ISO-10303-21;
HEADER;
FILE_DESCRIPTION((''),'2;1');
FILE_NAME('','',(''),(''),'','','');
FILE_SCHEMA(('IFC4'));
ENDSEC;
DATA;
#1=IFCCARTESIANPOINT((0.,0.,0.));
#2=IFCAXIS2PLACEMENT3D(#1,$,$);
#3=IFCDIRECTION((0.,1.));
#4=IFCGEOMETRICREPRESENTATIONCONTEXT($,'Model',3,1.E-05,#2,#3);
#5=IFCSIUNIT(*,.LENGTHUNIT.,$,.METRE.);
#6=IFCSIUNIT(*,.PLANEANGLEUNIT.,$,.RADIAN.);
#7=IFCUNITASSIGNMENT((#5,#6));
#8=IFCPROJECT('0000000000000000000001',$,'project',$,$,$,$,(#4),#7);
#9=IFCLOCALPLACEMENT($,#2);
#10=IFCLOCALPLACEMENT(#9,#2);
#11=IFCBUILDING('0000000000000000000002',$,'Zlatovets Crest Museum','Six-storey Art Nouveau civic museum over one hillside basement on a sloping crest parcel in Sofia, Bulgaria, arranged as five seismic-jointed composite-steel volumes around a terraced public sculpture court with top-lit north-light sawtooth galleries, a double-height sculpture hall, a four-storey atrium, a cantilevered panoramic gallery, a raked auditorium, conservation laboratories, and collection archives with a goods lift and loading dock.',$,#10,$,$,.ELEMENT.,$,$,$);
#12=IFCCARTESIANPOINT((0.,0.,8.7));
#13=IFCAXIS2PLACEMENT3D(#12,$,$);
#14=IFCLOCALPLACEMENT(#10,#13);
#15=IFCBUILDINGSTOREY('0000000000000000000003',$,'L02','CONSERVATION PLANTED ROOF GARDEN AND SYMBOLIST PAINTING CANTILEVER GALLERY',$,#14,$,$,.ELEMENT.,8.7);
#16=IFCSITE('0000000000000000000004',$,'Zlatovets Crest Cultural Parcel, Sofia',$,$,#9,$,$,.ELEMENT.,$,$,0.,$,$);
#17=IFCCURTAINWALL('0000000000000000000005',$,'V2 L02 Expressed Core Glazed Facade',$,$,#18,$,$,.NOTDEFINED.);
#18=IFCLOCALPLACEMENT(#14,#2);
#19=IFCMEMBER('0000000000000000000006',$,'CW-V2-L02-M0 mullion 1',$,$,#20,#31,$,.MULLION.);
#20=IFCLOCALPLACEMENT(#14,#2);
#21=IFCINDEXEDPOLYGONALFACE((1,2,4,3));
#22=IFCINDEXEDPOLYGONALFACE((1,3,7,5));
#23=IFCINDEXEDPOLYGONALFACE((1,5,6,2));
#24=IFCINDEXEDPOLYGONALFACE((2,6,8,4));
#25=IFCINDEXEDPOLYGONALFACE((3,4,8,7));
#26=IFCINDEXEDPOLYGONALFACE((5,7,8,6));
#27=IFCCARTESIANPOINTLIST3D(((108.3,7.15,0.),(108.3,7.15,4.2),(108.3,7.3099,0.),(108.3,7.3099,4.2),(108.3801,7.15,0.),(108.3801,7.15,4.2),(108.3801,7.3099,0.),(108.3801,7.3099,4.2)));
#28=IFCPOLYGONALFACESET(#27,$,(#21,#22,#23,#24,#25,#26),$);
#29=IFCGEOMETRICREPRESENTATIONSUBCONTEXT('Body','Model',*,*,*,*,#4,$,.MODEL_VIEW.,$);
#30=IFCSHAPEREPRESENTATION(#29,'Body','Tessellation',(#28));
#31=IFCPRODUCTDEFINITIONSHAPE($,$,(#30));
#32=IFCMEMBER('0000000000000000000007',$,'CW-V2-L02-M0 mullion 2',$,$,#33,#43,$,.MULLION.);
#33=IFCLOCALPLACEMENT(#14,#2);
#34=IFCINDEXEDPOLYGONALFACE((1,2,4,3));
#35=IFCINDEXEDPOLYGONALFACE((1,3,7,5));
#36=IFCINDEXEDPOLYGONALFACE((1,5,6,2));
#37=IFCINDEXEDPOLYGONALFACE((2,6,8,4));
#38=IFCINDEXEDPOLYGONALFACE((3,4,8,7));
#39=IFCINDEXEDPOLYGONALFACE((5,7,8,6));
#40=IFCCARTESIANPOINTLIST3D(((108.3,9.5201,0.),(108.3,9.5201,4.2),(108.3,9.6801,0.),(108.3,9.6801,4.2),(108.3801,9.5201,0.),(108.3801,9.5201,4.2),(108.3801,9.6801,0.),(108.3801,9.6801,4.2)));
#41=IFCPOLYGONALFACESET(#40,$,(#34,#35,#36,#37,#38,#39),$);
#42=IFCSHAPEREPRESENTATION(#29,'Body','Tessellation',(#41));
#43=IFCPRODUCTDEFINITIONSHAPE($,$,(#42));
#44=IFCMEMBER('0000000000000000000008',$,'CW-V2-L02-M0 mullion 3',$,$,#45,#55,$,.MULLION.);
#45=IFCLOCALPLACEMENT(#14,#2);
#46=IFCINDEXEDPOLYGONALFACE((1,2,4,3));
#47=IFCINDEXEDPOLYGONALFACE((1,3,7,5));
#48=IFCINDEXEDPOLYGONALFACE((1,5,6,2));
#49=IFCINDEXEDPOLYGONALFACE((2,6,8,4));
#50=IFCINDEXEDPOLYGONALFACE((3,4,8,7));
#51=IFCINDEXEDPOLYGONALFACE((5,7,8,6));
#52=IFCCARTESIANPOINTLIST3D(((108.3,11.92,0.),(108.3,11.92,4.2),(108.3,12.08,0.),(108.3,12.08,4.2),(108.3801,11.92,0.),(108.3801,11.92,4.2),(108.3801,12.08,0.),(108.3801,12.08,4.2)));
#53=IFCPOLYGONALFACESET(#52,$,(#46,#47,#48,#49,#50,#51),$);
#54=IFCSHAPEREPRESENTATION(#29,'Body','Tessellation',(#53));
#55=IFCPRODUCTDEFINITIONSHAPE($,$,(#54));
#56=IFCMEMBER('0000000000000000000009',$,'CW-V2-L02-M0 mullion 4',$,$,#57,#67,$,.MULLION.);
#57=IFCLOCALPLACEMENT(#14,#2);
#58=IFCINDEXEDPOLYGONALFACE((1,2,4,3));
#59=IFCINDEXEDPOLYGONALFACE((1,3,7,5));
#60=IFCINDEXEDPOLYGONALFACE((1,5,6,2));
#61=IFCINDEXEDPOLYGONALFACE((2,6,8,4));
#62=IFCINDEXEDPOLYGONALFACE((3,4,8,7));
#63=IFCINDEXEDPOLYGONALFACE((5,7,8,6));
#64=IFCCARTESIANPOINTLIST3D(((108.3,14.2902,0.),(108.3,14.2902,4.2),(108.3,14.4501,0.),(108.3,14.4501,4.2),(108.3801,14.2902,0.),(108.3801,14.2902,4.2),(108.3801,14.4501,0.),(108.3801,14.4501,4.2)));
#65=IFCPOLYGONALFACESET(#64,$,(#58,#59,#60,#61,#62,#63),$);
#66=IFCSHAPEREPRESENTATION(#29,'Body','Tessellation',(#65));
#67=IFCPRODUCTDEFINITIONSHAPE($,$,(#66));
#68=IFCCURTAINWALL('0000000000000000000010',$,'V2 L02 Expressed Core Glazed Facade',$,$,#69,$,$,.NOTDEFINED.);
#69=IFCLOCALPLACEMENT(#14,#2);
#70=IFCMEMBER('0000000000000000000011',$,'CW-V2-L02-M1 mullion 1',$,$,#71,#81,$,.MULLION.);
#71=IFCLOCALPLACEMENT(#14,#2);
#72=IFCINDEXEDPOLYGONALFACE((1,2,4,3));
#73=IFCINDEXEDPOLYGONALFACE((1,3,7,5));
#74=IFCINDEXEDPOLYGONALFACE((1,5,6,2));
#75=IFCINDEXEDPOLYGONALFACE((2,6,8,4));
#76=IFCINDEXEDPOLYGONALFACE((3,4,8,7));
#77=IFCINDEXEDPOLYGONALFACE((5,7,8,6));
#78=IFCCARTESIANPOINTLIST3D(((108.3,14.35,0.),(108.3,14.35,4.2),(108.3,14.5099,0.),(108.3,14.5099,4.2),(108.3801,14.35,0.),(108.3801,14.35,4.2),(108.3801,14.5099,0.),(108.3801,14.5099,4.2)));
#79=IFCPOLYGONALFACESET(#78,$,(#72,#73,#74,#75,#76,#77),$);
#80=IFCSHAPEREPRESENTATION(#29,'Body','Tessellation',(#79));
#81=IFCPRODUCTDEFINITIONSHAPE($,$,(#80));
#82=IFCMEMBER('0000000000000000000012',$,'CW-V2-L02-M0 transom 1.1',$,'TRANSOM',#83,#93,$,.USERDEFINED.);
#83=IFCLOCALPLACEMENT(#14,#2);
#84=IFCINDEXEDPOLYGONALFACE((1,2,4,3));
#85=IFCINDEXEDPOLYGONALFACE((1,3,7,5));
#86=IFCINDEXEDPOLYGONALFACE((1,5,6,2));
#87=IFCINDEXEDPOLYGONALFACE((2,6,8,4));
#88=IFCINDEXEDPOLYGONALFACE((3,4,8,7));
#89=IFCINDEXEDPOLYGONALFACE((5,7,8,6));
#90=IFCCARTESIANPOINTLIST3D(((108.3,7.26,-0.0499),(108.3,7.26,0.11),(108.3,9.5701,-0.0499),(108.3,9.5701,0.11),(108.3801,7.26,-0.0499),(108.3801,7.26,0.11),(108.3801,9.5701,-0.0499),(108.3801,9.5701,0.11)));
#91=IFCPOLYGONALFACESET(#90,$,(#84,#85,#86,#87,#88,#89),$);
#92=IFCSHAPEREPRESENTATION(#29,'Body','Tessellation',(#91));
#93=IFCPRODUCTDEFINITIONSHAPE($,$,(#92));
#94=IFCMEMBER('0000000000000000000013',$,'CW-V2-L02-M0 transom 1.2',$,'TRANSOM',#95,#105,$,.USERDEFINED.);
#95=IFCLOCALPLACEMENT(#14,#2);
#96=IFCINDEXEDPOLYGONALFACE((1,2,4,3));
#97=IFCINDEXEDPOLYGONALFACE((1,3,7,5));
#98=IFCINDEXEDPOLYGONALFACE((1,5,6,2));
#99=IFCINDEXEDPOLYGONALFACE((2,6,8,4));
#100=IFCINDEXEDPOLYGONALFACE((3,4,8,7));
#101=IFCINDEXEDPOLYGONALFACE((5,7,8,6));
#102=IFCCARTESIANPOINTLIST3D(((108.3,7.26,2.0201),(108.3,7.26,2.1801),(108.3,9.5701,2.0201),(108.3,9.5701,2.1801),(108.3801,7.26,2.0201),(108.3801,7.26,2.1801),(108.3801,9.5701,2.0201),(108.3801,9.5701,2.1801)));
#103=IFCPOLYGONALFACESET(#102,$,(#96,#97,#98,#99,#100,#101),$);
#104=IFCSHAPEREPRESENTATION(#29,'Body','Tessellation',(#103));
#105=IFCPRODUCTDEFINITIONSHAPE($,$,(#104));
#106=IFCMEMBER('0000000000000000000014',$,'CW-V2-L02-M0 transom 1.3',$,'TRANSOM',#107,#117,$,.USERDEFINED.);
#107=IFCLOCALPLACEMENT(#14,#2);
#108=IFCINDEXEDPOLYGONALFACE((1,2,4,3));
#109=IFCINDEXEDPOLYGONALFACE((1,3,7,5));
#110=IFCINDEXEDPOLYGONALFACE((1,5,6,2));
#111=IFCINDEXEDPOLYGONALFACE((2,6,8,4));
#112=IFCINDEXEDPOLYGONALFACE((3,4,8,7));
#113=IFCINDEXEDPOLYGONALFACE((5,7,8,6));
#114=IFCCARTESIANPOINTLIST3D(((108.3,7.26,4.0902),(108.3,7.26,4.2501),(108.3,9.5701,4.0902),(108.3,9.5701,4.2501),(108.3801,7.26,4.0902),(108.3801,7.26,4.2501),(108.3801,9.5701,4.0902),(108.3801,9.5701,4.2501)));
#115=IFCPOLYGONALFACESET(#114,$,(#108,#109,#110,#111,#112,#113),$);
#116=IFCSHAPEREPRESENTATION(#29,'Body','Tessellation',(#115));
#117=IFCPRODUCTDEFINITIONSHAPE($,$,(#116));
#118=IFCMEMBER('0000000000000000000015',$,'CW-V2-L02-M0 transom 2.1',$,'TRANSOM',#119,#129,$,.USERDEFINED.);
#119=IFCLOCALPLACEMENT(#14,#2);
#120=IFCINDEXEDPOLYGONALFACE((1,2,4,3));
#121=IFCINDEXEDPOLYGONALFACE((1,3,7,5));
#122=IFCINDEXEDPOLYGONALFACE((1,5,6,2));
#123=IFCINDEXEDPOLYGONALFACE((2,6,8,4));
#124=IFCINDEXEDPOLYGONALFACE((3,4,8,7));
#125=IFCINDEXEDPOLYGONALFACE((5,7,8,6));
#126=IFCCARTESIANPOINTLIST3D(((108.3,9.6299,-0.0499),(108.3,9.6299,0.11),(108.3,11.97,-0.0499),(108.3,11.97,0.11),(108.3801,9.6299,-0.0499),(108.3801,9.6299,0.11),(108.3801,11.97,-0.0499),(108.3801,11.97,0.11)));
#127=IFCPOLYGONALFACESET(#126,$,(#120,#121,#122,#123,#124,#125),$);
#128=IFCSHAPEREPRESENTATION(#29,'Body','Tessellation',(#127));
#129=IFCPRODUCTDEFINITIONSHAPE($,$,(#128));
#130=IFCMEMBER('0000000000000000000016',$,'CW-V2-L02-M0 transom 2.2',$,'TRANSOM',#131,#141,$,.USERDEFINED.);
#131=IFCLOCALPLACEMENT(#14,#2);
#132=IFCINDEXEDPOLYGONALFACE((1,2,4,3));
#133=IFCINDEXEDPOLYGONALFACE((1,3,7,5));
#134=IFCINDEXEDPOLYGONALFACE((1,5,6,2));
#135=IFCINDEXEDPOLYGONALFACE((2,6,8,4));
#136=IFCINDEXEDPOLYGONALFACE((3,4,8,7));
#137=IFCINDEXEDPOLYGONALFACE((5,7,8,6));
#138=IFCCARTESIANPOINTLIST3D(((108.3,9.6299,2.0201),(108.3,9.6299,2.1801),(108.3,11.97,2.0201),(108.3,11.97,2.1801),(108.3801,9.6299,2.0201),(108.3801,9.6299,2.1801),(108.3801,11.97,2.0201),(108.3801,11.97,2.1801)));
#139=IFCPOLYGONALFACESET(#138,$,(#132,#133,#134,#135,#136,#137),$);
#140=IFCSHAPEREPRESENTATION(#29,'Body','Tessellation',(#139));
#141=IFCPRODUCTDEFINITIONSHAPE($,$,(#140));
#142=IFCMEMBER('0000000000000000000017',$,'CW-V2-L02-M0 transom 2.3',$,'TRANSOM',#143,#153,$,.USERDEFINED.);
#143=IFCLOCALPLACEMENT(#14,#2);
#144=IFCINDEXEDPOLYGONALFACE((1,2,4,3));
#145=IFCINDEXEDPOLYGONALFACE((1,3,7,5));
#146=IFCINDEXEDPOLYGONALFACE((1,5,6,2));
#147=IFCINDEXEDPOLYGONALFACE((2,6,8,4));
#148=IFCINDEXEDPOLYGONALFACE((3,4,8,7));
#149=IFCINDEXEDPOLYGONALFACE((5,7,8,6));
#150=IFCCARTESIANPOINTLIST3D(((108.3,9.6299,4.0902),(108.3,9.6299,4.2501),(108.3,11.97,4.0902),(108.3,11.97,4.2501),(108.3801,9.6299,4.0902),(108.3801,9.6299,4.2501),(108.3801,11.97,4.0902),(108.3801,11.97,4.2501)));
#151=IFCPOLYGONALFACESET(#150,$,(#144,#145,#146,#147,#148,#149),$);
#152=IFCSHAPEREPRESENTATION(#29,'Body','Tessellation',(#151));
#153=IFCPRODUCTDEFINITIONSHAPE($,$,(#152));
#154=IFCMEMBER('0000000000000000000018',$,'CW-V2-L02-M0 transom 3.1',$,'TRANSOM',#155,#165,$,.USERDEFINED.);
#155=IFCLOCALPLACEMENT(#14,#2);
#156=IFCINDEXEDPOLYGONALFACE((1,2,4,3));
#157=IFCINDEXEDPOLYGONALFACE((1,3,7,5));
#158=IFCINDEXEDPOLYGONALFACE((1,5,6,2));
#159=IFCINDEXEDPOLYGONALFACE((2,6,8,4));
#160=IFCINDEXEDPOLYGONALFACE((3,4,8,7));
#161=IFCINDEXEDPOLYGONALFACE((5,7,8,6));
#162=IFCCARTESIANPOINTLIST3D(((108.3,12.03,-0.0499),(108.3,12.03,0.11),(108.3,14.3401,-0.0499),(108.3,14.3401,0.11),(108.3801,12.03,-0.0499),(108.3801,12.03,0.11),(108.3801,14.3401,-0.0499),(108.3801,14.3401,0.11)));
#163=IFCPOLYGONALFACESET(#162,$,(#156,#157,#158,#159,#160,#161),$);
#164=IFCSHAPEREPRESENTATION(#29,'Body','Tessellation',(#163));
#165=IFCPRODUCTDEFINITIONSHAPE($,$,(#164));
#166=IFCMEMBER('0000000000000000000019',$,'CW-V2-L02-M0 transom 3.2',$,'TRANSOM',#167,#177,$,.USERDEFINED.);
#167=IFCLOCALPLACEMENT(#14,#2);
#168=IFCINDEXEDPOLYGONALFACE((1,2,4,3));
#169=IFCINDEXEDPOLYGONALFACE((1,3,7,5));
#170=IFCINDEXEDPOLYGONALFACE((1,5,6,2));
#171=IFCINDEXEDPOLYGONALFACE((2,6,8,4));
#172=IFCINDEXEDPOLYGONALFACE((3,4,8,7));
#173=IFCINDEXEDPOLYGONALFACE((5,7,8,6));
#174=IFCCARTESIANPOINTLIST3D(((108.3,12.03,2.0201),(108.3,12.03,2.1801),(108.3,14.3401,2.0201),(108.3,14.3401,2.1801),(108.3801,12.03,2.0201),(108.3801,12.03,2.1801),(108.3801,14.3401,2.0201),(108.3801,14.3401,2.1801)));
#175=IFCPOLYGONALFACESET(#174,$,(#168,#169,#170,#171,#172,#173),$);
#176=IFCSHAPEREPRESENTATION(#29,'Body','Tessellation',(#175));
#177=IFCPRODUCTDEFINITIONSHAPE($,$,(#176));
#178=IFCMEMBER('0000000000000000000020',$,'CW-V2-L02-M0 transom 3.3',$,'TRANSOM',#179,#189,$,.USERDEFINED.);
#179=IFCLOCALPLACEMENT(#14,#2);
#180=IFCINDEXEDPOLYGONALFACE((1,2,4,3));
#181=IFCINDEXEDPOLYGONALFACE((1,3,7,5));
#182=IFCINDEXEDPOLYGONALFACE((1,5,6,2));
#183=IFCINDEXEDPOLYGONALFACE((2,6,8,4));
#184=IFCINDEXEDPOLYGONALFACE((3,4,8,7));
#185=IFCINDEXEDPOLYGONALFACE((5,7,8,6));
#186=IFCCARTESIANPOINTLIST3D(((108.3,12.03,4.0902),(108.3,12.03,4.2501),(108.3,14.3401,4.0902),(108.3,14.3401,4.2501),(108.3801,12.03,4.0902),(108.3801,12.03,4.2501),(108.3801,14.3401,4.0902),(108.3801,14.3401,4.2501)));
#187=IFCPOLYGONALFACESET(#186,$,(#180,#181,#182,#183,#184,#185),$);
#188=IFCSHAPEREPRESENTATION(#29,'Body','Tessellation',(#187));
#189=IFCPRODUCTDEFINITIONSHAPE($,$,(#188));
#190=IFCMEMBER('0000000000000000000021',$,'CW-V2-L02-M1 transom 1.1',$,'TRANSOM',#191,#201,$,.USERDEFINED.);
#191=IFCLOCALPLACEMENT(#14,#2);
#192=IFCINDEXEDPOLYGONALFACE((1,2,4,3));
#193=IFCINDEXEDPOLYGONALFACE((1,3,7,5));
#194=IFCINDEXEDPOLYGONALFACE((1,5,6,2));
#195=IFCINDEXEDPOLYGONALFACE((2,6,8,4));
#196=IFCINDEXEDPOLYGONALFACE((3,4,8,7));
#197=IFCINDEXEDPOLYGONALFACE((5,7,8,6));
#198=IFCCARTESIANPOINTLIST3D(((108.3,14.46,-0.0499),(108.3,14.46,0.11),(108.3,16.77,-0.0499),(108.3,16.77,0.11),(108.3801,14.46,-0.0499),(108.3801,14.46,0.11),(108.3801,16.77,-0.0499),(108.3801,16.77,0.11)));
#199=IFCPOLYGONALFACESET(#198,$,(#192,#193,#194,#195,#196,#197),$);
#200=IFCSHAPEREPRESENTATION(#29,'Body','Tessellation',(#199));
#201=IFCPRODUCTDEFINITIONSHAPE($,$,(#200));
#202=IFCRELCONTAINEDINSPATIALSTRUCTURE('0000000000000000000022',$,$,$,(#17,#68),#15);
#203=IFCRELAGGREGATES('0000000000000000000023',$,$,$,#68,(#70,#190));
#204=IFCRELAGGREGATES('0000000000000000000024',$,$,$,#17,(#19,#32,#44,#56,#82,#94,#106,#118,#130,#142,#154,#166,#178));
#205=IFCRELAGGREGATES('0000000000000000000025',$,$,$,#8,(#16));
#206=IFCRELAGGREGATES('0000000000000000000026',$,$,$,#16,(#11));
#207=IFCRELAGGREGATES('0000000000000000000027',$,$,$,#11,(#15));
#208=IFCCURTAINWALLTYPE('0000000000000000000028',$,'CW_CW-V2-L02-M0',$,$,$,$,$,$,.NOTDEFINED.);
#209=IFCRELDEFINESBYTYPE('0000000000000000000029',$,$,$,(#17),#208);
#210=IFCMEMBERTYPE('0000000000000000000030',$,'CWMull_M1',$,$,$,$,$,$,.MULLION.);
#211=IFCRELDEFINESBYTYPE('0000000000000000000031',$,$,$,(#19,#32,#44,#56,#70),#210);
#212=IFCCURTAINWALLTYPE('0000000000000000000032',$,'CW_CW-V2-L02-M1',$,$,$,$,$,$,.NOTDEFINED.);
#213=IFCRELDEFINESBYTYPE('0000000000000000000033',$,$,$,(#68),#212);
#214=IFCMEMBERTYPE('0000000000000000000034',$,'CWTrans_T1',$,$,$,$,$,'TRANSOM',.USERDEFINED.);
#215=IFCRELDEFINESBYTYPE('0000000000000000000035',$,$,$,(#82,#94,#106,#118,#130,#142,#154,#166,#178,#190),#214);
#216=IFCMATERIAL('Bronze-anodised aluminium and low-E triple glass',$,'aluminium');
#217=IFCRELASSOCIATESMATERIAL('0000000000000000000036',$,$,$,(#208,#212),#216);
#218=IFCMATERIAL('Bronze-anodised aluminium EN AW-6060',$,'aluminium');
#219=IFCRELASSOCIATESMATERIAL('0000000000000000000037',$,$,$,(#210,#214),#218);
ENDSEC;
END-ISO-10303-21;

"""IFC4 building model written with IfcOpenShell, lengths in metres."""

from ifc_helpers import new_model, si_unit, direction, frame, origin, origin_2d, place, context, subcontext, project, spatial, rectangle, extrude, material, material_profile, profile_set, type_object, element, aggregate, save


model = new_model("IFC4")

# Units and contexts
model_context = context("Model", 3, precision=1e-05, world=origin(), true_north=direction((0.0, 1.0)))
body_context = subcontext(model_context, "Body", "Model", "MODEL_VIEW")
ifc_project = project(units=[si_unit("LENGTHUNIT", "METRE"), si_unit("PLANEANGLEUNIT", "RADIAN")], contexts=[model_context])

# Site, building, storey
site_placement = place(None, origin())
site = spatial("IfcSite", under=ifc_project, at=site_placement, Name="Zlatovets Crest Cultural Parcel, Sofia", CompositionType="ELEMENT", RefElevation=0.0)
building_placement = place(site_placement, origin())
building = spatial("IfcBuilding", under=site, at=building_placement, Name="Zlatovets Crest Museum", Description="Six-storey Art Nouveau civic museum over one hillside basement on a sloping crest parcel in Sofia, Bulgaria, arranged as five seismic-jointed composite-steel volumes around a terraced public sculpture court with top-lit north-light sawtooth galleries, a double-height sculpture hall, a four-storey atrium, a cantilevered panoramic gallery, a raked auditorium, conservation laboratories, and collection archives with a goods lift and loading dock.", CompositionType="ELEMENT")
storey_placement = place(building_placement, frame((0.0, 0.0, 8.7)))
storey = spatial("IfcBuildingStorey", under=building, at=storey_placement, Name="L02", Description="CONSERVATION PLANTED ROOF GARDEN AND SYMBOLIST PAINTING CANTILEVER GALLERY", CompositionType="ELEMENT", Elevation=8.7)

# Curtain wall, members
ifc_material_1 = material(Name="Bronze-anodised aluminium and low-E triple glass", Category="aluminium")
curtain_wall_type_1 = type_object("IfcCurtainWallType", Name="CW_CW-V2-L02-M0", PredefinedType="NOTDEFINED", material=ifc_material_1)
curtain_wall_1_placement = place(storey_placement, origin())
curtain_wall_1 = element("IfcCurtainWall", 1, at=curtain_wall_1_placement, inside=storey, type_object=curtain_wall_type_1, Name="V2 L02 Expressed Core Glazed Facade", PredefinedType="NOTDEFINED")
ifc_material_2 = material(Name="Bronze-anodised aluminium EN AW-6060", Category="aluminium")
ifc_material_profile_1 = material_profile(ifc_material_2, rectangle(XDim=0.0801, YDim=0.1599, at=origin_2d()), Name="ALU 80x160")
ifc_profile_set_1 = profile_set([ifc_material_profile_1], Name="Bronze-anodised aluminium EN AW-6060")
member_type_1 = type_object("IfcMemberType", Name="CWMull_M1", PredefinedType="MULLION", material=ifc_profile_set_1)
member_1_placement = place(storey_placement, frame((108.3401, 7.23, 0.0), z_axis=(0.0, 0.0, 1.0), x_axis=(-1.0, 0.0, 0.0)))
member_1 = element("IfcMember", 2, at=member_1_placement, type_object=member_type_1, Name="CW-V2-L02-M0 mullion 1", PredefinedType="MULLION", context=body_context, shape_type="SweptSolid", body=[
    extrude(rectangle(XDim=0.0801, YDim=0.1599, at=origin_2d()), origin(), (0.0, 0.0, 1.0), 4.2),
])
member_2_placement = place(storey_placement, frame((108.3401, 9.6001, 0.0), z_axis=(0.0, 0.0, 1.0), x_axis=(-1.0, 0.0, 0.0)))
member_2 = element("IfcMember", 3, at=member_2_placement, type_object=member_type_1, Name="CW-V2-L02-M0 mullion 2", PredefinedType="MULLION", context=body_context, shape_type="SweptSolid", body=[
    extrude(rectangle(XDim=0.0801, YDim=0.1599, at=origin_2d()), origin(), (0.0, 0.0, 1.0), 4.2),
])
member_3_placement = place(storey_placement, frame((108.3401, 12.0, 0.0), z_axis=(0.0, 0.0, 1.0), x_axis=(-1.0, 0.0, 0.0)))
member_3 = element("IfcMember", 4, at=member_3_placement, type_object=member_type_1, Name="CW-V2-L02-M0 mullion 3", PredefinedType="MULLION", context=body_context, shape_type="SweptSolid", body=[
    extrude(rectangle(XDim=0.0801, YDim=0.1599, at=origin_2d()), origin(), (0.0, 0.0, 1.0), 4.2),
])
member_4_placement = place(storey_placement, frame((108.3401, 14.3701, 0.0), z_axis=(0.0, 0.0, 1.0), x_axis=(-1.0, 0.0, 0.0)))
member_4 = element("IfcMember", 5, at=member_4_placement, type_object=member_type_1, Name="CW-V2-L02-M0 mullion 4", PredefinedType="MULLION", context=body_context, shape_type="SweptSolid", body=[
    extrude(rectangle(XDim=0.0801, YDim=0.1599, at=origin_2d()), origin(), (0.0, 0.0, 1.0), 4.2),
])

# Curtain wall, member
curtain_wall_type_2 = type_object("IfcCurtainWallType", Name="CW_CW-V2-L02-M1", PredefinedType="NOTDEFINED", material=ifc_material_1)
curtain_wall_2_placement = place(storey_placement, origin())
curtain_wall_2 = element("IfcCurtainWall", 6, at=curtain_wall_2_placement, inside=storey, type_object=curtain_wall_type_2, Name="V2 L02 Expressed Core Glazed Facade", PredefinedType="NOTDEFINED")
member_5_placement = place(storey_placement, frame((108.3401, 14.4299, 0.0), z_axis=(0.0, 0.0, 1.0), x_axis=(-1.0, 0.0, 0.0)))
member_5 = element("IfcMember", 7, at=member_5_placement, type_object=member_type_1, Name="CW-V2-L02-M1 mullion 1", PredefinedType="MULLION", context=body_context, shape_type="SweptSolid", body=[
    extrude(rectangle(XDim=0.0801, YDim=0.1599, at=origin_2d()), origin(), (0.0, 0.0, 1.0), 4.2),
])

# Members
ifc_material_profile_2 = material_profile(ifc_material_2, rectangle(XDim=0.0801, YDim=0.1599, at=origin_2d()), Name="ALU 80x160")
ifc_profile_set_2 = profile_set([ifc_material_profile_2], Name="Bronze-anodised aluminium EN AW-6060")
member_type_2 = type_object("IfcMemberType", Name="CWTrans_T1", ElementType="TRANSOM", PredefinedType="USERDEFINED", material=ifc_profile_set_2)
member_6_placement = place(storey_placement, frame((108.3401, 7.26, 0.03), z_axis=(0.0, 1.0, 0.0), x_axis=(-1.0, 0.0, 0.0)))
member_6 = element("IfcMember", 8, at=member_6_placement, type_object=member_type_2, Name="CW-V2-L02-M0 transom 1.1", ObjectType="TRANSOM", PredefinedType="USERDEFINED", context=body_context, shape_type="SweptSolid", body=[
    extrude(rectangle(XDim=0.0801, YDim=0.1599, at=origin_2d()), origin(), (0.0, 0.0, 1.0), 2.3101),
])
member_7_placement = place(storey_placement, frame((108.3401, 7.26, 2.1001), z_axis=(0.0, 1.0, 0.0), x_axis=(-1.0, 0.0, 0.0)))
member_7 = element("IfcMember", 9, at=member_7_placement, type_object=member_type_2, Name="CW-V2-L02-M0 transom 1.2", ObjectType="TRANSOM", PredefinedType="USERDEFINED", context=body_context, shape_type="SweptSolid", body=[
    extrude(rectangle(XDim=0.0801, YDim=0.1599, at=origin_2d()), origin(), (0.0, 0.0, 1.0), 2.3101),
])
member_8_placement = place(storey_placement, frame((108.3401, 7.26, 4.1702), z_axis=(0.0, 1.0, 0.0), x_axis=(-1.0, 0.0, 0.0)))
member_8 = element("IfcMember", 10, at=member_8_placement, type_object=member_type_2, Name="CW-V2-L02-M0 transom 1.3", ObjectType="TRANSOM", PredefinedType="USERDEFINED", context=body_context, shape_type="SweptSolid", body=[
    extrude(rectangle(XDim=0.0801, YDim=0.1599, at=origin_2d()), origin(), (0.0, 0.0, 1.0), 2.3101),
])
member_9_placement = place(storey_placement, frame((108.3401, 9.6299, 0.03), z_axis=(0.0, 1.0, 0.0), x_axis=(-1.0, 0.0, 0.0)))
member_9 = element("IfcMember", 11, at=member_9_placement, type_object=member_type_2, Name="CW-V2-L02-M0 transom 2.1", ObjectType="TRANSOM", PredefinedType="USERDEFINED", context=body_context, shape_type="SweptSolid", body=[
    extrude(rectangle(XDim=0.0801, YDim=0.1599, at=origin_2d()), origin(), (0.0, 0.0, 1.0), 2.3401),
])
member_10_placement = place(storey_placement, frame((108.3401, 9.6299, 2.1001), z_axis=(0.0, 1.0, 0.0), x_axis=(-1.0, 0.0, 0.0)))
member_10 = element("IfcMember", 12, at=member_10_placement, type_object=member_type_2, Name="CW-V2-L02-M0 transom 2.2", ObjectType="TRANSOM", PredefinedType="USERDEFINED", context=body_context, shape_type="SweptSolid", body=[
    extrude(rectangle(XDim=0.0801, YDim=0.1599, at=origin_2d()), origin(), (0.0, 0.0, 1.0), 2.3401),
])
member_11_placement = place(storey_placement, frame((108.3401, 9.6299, 4.1702), z_axis=(0.0, 1.0, 0.0), x_axis=(-1.0, 0.0, 0.0)))
member_11 = element("IfcMember", 13, at=member_11_placement, type_object=member_type_2, Name="CW-V2-L02-M0 transom 2.3", ObjectType="TRANSOM", PredefinedType="USERDEFINED", context=body_context, shape_type="SweptSolid", body=[
    extrude(rectangle(XDim=0.0801, YDim=0.1599, at=origin_2d()), origin(), (0.0, 0.0, 1.0), 2.3401),
])
member_12_placement = place(storey_placement, frame((108.3401, 12.03, 0.03), z_axis=(0.0, 1.0, 0.0), x_axis=(-1.0, 0.0, 0.0)))
member_12 = element("IfcMember", 14, at=member_12_placement, type_object=member_type_2, Name="CW-V2-L02-M0 transom 3.1", ObjectType="TRANSOM", PredefinedType="USERDEFINED", context=body_context, shape_type="SweptSolid", body=[
    extrude(rectangle(XDim=0.0801, YDim=0.1599, at=origin_2d()), origin(), (0.0, 0.0, 1.0), 2.3101),
])
member_13_placement = place(storey_placement, frame((108.3401, 12.03, 2.1001), z_axis=(0.0, 1.0, 0.0), x_axis=(-1.0, 0.0, 0.0)))
member_13 = element("IfcMember", 15, at=member_13_placement, type_object=member_type_2, Name="CW-V2-L02-M0 transom 3.2", ObjectType="TRANSOM", PredefinedType="USERDEFINED", context=body_context, shape_type="SweptSolid", body=[
    extrude(rectangle(XDim=0.0801, YDim=0.1599, at=origin_2d()), origin(), (0.0, 0.0, 1.0), 2.3101),
])
member_14_placement = place(storey_placement, frame((108.3401, 12.03, 4.1702), z_axis=(0.0, 1.0, 0.0), x_axis=(-1.0, 0.0, 0.0)))
member_14 = element("IfcMember", 16, at=member_14_placement, type_object=member_type_2, Name="CW-V2-L02-M0 transom 3.3", ObjectType="TRANSOM", PredefinedType="USERDEFINED", context=body_context, shape_type="SweptSolid", body=[
    extrude(rectangle(XDim=0.0801, YDim=0.1599, at=origin_2d()), origin(), (0.0, 0.0, 1.0), 2.3101),
])
member_15_placement = place(storey_placement, frame((108.3401, 14.46, 0.03), z_axis=(0.0, 1.0, 0.0), x_axis=(-1.0, 0.0, 0.0)))
member_15 = element("IfcMember", 17, at=member_15_placement, type_object=member_type_2, Name="CW-V2-L02-M1 transom 1.1", ObjectType="TRANSOM", PredefinedType="USERDEFINED", context=body_context, shape_type="SweptSolid", body=[
    extrude(rectangle(XDim=0.0801, YDim=0.1599, at=origin_2d()), origin(), (0.0, 0.0, 1.0), 2.3101),
])
aggregate(curtain_wall_2, [member_5, member_15])

aggregate(curtain_wall_1, [member_1, member_2, member_3, member_4, member_6, member_7, member_8, member_9, member_10, member_11, member_12, member_13, member_14])

save(model, "model.ifc")
